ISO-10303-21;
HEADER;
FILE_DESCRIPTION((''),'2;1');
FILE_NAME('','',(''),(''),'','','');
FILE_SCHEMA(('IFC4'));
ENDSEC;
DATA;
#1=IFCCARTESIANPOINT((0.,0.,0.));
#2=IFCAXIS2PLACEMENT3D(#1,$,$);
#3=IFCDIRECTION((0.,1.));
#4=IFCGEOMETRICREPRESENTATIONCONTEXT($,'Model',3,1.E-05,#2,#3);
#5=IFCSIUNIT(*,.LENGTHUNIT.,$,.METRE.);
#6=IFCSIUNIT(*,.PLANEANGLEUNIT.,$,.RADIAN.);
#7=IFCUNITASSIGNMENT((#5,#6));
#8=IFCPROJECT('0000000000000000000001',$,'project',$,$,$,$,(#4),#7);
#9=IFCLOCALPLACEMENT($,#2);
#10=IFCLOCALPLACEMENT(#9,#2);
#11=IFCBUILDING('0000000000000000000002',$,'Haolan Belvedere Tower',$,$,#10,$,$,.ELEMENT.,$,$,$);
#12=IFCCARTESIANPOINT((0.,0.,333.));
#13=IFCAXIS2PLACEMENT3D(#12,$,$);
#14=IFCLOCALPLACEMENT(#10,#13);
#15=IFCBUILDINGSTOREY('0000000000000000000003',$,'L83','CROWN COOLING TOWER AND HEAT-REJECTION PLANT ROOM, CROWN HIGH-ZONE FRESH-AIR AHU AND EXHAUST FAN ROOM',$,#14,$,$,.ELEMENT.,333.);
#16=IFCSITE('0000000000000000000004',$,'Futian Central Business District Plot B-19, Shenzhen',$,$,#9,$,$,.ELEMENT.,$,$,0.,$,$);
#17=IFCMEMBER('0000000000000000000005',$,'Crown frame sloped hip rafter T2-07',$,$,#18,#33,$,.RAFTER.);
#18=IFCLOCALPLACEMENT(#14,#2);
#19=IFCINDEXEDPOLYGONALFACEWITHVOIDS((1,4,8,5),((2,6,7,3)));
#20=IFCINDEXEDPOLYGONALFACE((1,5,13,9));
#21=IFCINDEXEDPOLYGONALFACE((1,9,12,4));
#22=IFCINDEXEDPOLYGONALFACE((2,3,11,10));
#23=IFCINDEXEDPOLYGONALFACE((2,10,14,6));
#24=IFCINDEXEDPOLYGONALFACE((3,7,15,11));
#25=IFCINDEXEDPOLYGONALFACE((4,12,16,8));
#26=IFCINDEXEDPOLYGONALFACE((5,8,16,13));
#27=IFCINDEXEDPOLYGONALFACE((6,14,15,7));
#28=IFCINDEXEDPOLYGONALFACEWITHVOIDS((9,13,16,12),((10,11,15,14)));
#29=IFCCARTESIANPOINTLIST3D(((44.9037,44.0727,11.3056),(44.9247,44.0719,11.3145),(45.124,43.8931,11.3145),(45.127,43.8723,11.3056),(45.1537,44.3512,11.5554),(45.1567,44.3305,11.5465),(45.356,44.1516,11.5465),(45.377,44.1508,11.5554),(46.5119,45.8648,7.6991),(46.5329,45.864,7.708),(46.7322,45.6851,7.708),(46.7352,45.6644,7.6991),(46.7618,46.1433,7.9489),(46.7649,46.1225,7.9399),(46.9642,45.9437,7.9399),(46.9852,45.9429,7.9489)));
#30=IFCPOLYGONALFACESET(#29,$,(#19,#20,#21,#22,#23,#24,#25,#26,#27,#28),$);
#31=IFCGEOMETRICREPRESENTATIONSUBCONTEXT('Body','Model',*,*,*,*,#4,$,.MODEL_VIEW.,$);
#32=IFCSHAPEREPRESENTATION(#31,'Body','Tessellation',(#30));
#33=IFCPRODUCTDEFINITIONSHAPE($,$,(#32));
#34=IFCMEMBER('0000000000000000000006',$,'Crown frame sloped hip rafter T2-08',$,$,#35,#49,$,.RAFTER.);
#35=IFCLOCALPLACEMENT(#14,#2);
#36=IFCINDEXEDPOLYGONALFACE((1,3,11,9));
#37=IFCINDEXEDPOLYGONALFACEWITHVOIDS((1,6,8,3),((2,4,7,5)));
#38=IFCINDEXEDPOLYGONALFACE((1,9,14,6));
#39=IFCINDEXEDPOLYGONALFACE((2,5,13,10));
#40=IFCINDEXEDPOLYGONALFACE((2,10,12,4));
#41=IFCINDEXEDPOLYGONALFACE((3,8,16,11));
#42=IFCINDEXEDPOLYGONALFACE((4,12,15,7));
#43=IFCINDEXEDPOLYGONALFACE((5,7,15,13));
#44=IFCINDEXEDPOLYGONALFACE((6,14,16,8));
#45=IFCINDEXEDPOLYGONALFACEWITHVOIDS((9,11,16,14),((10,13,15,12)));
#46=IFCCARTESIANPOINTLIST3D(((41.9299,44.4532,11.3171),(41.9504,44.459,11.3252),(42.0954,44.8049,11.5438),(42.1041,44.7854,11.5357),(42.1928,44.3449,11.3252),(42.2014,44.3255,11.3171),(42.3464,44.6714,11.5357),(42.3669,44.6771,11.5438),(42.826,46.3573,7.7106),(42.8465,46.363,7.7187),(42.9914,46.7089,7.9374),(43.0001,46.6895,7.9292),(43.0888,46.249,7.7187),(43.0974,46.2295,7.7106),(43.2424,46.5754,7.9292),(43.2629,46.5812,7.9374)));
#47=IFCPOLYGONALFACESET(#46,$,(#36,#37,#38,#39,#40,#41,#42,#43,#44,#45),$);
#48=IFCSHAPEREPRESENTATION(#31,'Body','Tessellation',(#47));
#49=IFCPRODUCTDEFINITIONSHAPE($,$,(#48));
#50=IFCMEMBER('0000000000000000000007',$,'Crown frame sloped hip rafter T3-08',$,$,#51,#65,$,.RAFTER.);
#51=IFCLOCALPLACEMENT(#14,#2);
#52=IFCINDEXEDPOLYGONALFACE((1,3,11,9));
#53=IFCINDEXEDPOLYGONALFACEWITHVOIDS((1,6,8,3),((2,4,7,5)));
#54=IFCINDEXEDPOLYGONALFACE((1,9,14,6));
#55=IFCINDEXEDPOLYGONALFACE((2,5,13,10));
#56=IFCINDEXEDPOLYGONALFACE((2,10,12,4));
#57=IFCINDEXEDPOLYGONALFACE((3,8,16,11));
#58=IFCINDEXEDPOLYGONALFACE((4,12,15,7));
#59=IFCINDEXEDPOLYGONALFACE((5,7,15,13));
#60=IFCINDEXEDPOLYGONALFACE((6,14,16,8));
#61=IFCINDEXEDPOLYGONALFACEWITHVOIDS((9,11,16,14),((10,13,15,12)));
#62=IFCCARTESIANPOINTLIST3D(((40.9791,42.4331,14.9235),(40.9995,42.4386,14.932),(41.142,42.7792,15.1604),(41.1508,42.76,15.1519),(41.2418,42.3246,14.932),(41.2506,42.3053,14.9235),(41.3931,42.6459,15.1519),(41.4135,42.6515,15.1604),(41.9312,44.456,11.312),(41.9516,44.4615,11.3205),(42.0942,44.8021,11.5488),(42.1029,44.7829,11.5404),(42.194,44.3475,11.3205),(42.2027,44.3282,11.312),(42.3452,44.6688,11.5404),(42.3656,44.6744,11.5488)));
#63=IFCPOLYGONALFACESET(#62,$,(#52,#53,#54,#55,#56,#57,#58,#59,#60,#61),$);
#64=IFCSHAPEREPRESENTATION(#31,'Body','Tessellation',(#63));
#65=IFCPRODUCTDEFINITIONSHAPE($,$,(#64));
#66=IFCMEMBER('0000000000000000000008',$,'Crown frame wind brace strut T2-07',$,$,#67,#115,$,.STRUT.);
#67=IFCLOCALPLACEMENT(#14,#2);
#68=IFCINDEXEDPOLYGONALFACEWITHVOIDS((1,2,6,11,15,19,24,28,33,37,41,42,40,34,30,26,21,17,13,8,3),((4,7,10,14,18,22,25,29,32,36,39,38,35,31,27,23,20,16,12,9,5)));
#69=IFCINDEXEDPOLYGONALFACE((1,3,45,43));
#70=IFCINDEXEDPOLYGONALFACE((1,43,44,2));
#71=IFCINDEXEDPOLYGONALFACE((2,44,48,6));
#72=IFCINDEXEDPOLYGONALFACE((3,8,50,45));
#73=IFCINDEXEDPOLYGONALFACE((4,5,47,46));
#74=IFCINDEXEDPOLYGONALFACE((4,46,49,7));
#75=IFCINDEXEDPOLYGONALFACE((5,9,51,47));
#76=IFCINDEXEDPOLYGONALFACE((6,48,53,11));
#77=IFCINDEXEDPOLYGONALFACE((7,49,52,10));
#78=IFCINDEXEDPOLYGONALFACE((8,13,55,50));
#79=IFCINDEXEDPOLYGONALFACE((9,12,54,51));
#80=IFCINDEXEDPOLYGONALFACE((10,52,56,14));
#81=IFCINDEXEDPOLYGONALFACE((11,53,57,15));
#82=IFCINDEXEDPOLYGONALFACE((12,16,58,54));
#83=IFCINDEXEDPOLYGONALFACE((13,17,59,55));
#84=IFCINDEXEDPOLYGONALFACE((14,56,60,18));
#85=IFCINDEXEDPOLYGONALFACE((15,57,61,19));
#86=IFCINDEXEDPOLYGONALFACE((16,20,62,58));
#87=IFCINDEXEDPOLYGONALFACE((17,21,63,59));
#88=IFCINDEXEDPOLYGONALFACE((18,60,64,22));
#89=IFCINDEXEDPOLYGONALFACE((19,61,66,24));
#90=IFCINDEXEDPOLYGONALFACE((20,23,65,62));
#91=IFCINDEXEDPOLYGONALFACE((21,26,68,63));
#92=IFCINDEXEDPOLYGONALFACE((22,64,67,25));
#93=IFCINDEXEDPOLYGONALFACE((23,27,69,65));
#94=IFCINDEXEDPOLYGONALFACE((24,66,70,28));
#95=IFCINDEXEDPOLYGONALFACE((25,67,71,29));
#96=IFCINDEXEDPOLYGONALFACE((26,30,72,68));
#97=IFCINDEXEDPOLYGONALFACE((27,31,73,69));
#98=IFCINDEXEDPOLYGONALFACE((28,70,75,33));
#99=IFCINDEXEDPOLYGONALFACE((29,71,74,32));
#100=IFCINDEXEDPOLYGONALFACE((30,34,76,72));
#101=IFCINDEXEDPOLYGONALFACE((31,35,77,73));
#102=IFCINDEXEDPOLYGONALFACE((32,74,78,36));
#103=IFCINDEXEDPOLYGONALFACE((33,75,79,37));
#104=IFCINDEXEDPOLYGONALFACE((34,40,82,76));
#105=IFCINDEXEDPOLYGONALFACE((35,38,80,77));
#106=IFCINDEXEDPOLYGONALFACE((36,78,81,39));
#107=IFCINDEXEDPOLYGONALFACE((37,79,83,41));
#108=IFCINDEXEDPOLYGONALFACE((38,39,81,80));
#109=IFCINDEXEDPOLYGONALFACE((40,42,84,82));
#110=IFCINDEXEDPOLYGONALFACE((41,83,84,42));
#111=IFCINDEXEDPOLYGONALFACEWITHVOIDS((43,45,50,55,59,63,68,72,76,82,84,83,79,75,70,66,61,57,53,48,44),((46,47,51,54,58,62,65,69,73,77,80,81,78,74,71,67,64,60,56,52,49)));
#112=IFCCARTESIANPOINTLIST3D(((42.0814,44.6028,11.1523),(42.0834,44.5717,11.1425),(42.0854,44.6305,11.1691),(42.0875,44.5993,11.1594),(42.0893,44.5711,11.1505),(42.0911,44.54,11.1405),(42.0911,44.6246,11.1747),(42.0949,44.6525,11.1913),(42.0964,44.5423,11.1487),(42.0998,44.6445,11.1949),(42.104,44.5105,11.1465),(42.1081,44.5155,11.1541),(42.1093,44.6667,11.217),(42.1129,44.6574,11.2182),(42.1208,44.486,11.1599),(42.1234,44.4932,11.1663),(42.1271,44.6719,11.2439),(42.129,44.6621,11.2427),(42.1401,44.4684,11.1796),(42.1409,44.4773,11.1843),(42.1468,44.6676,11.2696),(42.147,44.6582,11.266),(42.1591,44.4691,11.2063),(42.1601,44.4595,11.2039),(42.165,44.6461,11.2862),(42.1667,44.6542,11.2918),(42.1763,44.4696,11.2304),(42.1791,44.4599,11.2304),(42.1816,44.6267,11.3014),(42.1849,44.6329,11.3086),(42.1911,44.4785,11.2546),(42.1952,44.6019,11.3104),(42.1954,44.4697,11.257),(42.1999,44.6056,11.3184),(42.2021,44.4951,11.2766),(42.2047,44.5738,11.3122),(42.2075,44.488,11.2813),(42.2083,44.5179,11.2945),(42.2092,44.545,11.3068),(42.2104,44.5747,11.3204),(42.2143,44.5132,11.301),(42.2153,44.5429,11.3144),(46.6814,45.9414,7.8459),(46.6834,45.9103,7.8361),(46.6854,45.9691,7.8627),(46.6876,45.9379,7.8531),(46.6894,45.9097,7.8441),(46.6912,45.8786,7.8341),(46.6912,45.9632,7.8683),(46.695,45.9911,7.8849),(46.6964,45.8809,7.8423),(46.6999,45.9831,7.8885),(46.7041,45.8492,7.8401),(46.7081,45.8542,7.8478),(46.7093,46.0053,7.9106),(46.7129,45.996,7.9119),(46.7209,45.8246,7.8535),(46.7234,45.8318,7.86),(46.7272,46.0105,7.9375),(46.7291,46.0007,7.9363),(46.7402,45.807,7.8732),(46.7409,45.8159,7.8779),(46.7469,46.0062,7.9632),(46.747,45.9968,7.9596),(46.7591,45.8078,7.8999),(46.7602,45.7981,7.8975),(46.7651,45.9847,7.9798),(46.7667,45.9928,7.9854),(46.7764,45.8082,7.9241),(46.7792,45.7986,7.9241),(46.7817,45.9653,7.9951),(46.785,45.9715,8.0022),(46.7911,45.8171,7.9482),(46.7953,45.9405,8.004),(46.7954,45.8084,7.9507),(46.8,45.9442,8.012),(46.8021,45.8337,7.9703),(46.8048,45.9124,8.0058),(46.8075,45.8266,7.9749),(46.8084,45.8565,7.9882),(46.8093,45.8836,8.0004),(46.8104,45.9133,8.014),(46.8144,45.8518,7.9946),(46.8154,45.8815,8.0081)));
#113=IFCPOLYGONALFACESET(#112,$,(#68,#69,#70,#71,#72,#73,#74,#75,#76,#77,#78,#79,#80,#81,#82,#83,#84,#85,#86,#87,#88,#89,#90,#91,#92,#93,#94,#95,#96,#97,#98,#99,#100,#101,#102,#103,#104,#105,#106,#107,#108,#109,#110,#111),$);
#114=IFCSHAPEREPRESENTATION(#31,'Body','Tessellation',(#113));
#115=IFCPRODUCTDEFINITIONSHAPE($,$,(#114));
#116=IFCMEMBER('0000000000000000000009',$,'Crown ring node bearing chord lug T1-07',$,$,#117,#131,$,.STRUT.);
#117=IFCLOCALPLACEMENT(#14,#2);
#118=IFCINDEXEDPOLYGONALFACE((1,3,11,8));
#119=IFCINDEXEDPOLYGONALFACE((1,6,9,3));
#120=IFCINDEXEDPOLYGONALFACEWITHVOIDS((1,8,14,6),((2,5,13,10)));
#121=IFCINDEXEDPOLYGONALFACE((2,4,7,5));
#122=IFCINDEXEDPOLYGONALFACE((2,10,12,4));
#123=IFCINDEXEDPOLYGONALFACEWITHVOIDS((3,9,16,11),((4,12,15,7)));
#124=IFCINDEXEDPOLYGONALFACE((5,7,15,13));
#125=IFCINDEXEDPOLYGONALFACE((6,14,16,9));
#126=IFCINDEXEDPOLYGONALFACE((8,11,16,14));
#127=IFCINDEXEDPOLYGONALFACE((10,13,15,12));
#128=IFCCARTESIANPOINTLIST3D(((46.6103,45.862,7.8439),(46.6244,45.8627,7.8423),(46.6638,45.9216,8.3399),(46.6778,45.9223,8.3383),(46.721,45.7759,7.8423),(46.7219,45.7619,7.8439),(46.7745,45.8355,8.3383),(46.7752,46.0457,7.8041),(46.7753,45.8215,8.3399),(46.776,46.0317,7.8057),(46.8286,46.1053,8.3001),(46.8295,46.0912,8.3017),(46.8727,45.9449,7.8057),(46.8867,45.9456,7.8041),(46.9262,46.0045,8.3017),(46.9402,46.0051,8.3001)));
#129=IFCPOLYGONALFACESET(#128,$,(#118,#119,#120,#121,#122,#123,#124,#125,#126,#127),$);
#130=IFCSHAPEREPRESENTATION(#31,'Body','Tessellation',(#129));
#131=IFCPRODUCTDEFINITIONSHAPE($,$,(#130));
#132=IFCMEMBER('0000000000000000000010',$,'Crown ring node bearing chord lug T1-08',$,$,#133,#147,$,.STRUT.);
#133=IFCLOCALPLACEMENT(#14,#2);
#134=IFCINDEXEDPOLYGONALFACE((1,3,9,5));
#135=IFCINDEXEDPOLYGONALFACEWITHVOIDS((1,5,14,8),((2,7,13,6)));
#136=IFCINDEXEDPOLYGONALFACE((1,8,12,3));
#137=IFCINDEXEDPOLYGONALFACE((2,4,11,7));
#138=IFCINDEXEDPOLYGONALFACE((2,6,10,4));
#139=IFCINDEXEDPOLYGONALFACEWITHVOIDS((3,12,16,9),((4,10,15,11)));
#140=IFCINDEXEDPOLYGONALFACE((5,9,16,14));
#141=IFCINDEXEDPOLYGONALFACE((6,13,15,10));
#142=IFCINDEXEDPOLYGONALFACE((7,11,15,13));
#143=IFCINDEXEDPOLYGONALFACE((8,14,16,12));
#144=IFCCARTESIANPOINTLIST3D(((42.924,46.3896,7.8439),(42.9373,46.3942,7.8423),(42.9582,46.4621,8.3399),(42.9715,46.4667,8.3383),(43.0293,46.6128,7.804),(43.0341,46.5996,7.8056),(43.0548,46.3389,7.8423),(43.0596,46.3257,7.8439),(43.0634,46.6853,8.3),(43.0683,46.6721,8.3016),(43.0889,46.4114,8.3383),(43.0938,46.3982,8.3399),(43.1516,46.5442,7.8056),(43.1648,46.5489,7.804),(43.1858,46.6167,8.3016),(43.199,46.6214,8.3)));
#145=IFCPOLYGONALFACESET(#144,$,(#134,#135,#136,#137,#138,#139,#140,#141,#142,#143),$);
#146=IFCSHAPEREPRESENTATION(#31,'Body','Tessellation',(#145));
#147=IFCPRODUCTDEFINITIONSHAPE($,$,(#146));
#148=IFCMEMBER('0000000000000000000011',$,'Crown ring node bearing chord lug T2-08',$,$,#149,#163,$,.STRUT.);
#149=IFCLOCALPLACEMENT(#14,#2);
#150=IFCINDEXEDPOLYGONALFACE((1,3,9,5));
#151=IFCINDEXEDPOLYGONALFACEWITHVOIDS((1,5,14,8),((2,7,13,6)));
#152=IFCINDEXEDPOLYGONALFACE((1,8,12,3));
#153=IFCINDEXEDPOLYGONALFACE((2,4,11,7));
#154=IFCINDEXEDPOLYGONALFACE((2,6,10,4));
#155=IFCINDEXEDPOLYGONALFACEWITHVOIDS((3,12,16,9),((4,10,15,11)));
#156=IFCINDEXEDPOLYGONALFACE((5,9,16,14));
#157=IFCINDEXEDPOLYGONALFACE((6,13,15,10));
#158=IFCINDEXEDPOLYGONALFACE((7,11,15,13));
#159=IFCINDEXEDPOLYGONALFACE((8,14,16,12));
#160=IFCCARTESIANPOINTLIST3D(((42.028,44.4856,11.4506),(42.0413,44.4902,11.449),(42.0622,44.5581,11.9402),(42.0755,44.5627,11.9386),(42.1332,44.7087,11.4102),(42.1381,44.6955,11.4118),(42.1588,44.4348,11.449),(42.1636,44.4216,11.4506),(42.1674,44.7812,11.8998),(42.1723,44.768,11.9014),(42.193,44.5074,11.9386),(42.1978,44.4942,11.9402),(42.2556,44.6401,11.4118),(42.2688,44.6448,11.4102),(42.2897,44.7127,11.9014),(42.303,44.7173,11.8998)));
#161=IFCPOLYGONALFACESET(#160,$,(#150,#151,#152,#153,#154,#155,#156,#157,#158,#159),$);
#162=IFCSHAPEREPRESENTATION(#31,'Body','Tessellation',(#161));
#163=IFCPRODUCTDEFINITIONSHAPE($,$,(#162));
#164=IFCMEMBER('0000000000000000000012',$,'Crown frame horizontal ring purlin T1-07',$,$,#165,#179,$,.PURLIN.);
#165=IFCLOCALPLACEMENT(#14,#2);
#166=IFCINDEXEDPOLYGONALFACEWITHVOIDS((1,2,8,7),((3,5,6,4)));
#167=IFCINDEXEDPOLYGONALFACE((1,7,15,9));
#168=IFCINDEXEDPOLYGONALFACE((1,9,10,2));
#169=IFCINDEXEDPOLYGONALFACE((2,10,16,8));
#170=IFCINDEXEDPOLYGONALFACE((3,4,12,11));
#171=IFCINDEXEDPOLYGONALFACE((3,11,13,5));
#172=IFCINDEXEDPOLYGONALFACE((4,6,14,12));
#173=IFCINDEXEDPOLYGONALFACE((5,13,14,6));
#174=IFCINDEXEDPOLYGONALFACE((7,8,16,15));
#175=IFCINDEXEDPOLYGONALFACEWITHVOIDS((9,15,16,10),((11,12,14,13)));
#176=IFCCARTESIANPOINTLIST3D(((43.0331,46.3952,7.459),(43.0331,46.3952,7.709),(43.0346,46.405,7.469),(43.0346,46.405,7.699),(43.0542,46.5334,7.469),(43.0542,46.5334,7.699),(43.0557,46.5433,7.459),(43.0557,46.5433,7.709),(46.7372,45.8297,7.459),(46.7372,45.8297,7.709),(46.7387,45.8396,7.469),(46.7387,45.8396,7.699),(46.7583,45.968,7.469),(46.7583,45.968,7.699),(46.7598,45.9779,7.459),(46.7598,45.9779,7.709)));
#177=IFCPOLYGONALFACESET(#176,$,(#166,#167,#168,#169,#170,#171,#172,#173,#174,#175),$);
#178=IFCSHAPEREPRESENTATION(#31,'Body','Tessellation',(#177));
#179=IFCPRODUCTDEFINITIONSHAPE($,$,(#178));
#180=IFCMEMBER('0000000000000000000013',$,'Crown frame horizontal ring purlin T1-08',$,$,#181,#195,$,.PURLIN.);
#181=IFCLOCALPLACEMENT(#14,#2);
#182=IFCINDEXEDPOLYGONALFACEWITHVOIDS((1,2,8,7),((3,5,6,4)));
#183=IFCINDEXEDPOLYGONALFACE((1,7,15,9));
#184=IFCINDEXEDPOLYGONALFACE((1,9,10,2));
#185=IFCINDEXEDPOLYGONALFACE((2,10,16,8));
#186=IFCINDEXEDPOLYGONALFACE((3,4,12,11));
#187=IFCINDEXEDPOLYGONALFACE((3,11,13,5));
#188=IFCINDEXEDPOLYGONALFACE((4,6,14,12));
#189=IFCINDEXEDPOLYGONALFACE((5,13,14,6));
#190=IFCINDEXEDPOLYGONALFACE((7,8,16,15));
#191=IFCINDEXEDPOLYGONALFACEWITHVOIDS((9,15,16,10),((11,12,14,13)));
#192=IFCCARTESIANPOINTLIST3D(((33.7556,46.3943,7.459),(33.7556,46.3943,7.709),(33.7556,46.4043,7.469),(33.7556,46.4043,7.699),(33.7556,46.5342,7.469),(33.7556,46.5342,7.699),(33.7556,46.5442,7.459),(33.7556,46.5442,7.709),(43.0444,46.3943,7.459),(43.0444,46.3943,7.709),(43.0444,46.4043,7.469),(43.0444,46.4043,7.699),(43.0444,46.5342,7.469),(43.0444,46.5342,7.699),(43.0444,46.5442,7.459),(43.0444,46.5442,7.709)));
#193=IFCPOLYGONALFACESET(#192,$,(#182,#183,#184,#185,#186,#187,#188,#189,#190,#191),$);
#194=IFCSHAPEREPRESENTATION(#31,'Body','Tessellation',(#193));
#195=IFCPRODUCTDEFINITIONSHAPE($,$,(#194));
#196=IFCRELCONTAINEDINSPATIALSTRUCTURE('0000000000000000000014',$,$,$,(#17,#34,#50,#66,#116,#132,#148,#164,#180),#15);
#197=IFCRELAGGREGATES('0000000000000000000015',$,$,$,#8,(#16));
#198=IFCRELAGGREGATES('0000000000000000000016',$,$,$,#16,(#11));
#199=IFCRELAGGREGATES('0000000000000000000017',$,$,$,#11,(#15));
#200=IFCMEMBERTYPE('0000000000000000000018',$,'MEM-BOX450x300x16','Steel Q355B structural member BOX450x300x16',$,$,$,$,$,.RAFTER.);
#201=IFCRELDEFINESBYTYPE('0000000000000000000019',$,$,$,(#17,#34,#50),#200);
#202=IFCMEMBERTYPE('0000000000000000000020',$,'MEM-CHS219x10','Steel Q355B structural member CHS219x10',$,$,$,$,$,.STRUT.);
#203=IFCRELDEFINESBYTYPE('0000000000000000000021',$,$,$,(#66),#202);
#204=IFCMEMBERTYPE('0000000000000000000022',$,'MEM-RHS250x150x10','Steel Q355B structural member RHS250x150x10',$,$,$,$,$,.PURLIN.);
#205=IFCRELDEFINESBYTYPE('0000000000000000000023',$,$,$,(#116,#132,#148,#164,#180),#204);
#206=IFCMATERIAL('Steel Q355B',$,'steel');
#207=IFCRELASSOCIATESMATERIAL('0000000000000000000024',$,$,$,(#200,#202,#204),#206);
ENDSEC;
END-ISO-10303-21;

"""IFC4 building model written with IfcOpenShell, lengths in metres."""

from ifc_helpers import new_model, si_unit, direction, frame, origin, origin_2d, place, context, subcontext, project, spatial, hollow_rectangle, hollow_circle, extrude, material, material_profile, profile_set, type_object, element, save


model = new_model("IFC4")

# Units and contexts
model_context = context("Model", 3, precision=1e-05, world=origin(), true_north=direction((0.0, 1.0)))
body_context = subcontext(model_context, "Body", "Model", "MODEL_VIEW")
ifc_project = project(units=[si_unit("LENGTHUNIT", "METRE"), si_unit("PLANEANGLEUNIT", "RADIAN")], contexts=[model_context])

# Site, building, storey
site_placement = place(None, origin())
site = spatial("IfcSite", under=ifc_project, at=site_placement, Name="Futian Central Business District Plot B-19, Shenzhen", CompositionType="ELEMENT", RefElevation=0.0)
building_placement = place(site_placement, origin())
building = spatial("IfcBuilding", under=site, at=building_placement, Name="Haolan Belvedere Tower", CompositionType="ELEMENT")
storey_placement = place(building_placement, frame((0.0, 0.0, 333.0)))
storey = spatial("IfcBuildingStorey", under=building, at=storey_placement, Name="L83", Description="CROWN COOLING TOWER AND HEAT-REJECTION PLANT ROOM, CROWN HIGH-ZONE FRESH-AIR AHU AND EXHAUST FAN ROOM", CompositionType="ELEMENT", Elevation=333.0)

# Members
ifc_material_1 = material(Name="Steel Q355B", Category="steel")
ifc_material_profile_1 = material_profile(ifc_material_1, hollow_rectangle(XDim=0.3, YDim=0.45, WallThickness=0.0161, at=origin_2d()), Name="Steel Q355B")
ifc_profile_set_1 = profile_set([ifc_material_profile_1], Name="Steel Q355B")
member_type_1 = type_object("IfcMemberType", Name="MEM-BOX450x300x16", Description="Steel Q355B structural member BOX450x300x16", PredefinedType="RAFTER", material=ifc_profile_set_1)
member_1_placement = place(storey_placement, frame((46.7485, 45.9038, 7.824), z_axis=(-0.370855, -0.41325, 0.83168), x_axis=(0.744251, -0.6679, 0.0)))
element("IfcMember", 1, at=member_1_placement, inside=storey, type_object=member_type_1, Name="Crown frame sloped hip rafter T2-07", PredefinedType="RAFTER", context=body_context, shape_type="SweptSolid", body=[
    extrude(hollow_rectangle(XDim=0.3, YDim=0.45, WallThickness=0.0161, at=origin_2d()), origin(), (0.0, 0.0, 1.0), 4.3364),
])
member_2_placement = place(storey_placement, frame((43.0444, 46.4692, 7.824), z_axis=(-0.214585, -0.456008, 0.863719), x_axis=(0.904824, -0.425786, 0.0)))
element("IfcMember", 2, at=member_2_placement, inside=storey, type_object=member_type_1, Name="Crown frame sloped hip rafter T2-08", PredefinedType="RAFTER", context=body_context, shape_type="SweptSolid", body=[
    extrude(hollow_rectangle(XDim=0.3, YDim=0.45, WallThickness=0.0161, at=origin_2d()), origin(), (0.0, 0.0, 1.0), 4.1755),
])
member_3_placement = place(storey_placement, frame((42.1484, 44.5652, 11.4304), z_axis=(-0.22416, -0.476254, 0.850256), x_axis=(0.904789, -0.42586, 0.0)))
element("IfcMember", 3, at=member_3_placement, inside=storey, type_object=member_type_1, Name="Crown frame sloped hip rafter T3-08", PredefinedType="RAFTER", context=body_context, shape_type="SweptSolid", body=[
    extrude(hollow_rectangle(XDim=0.3, YDim=0.45, WallThickness=0.0161, at=origin_2d()), origin(), (0.0, 0.0, 1.0), 4.2476),
])
ifc_material_profile_2 = material_profile(ifc_material_1, hollow_circle(Radius=0.1096, WallThickness=0.01, at=origin_2d()), Name="Steel Q355B")
ifc_profile_set_2 = profile_set([ifc_material_profile_2], Name="Steel Q355B")
member_type_2 = type_object("IfcMemberType", Name="MEM-CHS219x10", Description="Steel Q355B structural member CHS219x10", PredefinedType="STRUT", material=ifc_profile_set_2)
member_4_placement = place(storey_placement, frame((46.7485, 45.9038, 7.9241), z_axis=(-0.790247, -0.229961, 0.568003), x_axis=(0.279409, -0.960172, 0.0)))
element("IfcMember", 4, at=member_4_placement, inside=storey, type_object=member_type_2, Name="Crown frame wind brace strut T2-07", PredefinedType="STRUT", context=body_context, shape_type="SweptSolid", body=[
    extrude(hollow_circle(Radius=0.1096, WallThickness=0.01, at=origin_2d()), origin(), (0.0, 0.0, 1.0), 5.821),
])
ifc_material_profile_3 = material_profile(ifc_material_1, hollow_rectangle(XDim=0.1499, YDim=0.25, WallThickness=0.01, at=origin_2d()), Name="Steel Q355B")
ifc_profile_set_3 = profile_set([ifc_material_profile_3], Name="Steel Q355B")
member_type_3 = type_object("IfcMemberType", Name="MEM-RHS250x150x10", Description="Steel Q355B structural member RHS250x150x10", PredefinedType="PURLIN", material=ifc_profile_set_3)
for number, where, z_axis, x_axis, name in (
    (5, (46.7485, 45.9038, 7.824), (0.106399, 0.118546, 0.987232), (-0.744203, 0.667953, 0.0), "Crown ring node bearing chord lug T1-07"),
    (6, (43.0444, 46.4692, 7.824), (0.068015, 0.14429, 0.987195), (-0.904542, 0.426384, 0.0), "Crown ring node bearing chord lug T1-08"),
):
    element("IfcMember", number, at=place(storey_placement, frame(where, z_axis=z_axis, x_axis=x_axis)), inside=storey, type_object=member_type_3, Name=name, PredefinedType="STRUT", context=body_context, shape_type="SweptSolid", body=[
        extrude(hollow_rectangle(XDim=0.1499, YDim=0.25, WallThickness=0.01, at=origin_2d()), origin(), (0.0, 0.0, 1.0), 0.5024),
    ])
member_5_placement = place(storey_placement, frame((42.1484, 44.5652, 11.4304), z_axis=(0.068908, 0.146182, 0.986855), x_axis=(-0.904542, 0.426384, 0.0)))
element("IfcMember", 7, at=member_5_placement, inside=storey, type_object=member_type_3, Name="Crown ring node bearing chord lug T2-08", PredefinedType="STRUT", context=body_context, shape_type="SweptSolid", body=[
    extrude(hollow_rectangle(XDim=0.1499, YDim=0.25, WallThickness=0.01, at=origin_2d()), origin(), (0.0, 0.0, 1.0), 0.4961),
])
member_6_placement = place(storey_placement, frame((46.7485, 45.9038, 7.584), z_axis=(-0.988549, 0.150902, 0.0), x_axis=(-0.150902, -0.988549, 0.0)))
element("IfcMember", 8, at=member_6_placement, inside=storey, type_object=member_type_3, Name="Crown frame horizontal ring purlin T1-07", PredefinedType="PURLIN", context=body_context, shape_type="SweptSolid", body=[
    extrude(hollow_rectangle(XDim=0.1499, YDim=0.25, WallThickness=0.01, at=origin_2d()), origin(), (0.0, 0.0, 1.0), 3.7471),
])
member_7_placement = place(storey_placement, frame((43.0444, 46.4692, 7.584), z_axis=(-1.0, 0.0, 0.0), x_axis=(0.0, -1.0, 0.0)))
element("IfcMember", 9, at=member_7_placement, inside=storey, type_object=member_type_3, Name="Crown frame horizontal ring purlin T1-08", PredefinedType="PURLIN", context=body_context, shape_type="SweptSolid", body=[
    extrude(hollow_rectangle(XDim=0.1499, YDim=0.25, WallThickness=0.01, at=origin_2d()), origin(), (0.0, 0.0, 1.0), 9.2888),
])

save(model, "model.ifc")
